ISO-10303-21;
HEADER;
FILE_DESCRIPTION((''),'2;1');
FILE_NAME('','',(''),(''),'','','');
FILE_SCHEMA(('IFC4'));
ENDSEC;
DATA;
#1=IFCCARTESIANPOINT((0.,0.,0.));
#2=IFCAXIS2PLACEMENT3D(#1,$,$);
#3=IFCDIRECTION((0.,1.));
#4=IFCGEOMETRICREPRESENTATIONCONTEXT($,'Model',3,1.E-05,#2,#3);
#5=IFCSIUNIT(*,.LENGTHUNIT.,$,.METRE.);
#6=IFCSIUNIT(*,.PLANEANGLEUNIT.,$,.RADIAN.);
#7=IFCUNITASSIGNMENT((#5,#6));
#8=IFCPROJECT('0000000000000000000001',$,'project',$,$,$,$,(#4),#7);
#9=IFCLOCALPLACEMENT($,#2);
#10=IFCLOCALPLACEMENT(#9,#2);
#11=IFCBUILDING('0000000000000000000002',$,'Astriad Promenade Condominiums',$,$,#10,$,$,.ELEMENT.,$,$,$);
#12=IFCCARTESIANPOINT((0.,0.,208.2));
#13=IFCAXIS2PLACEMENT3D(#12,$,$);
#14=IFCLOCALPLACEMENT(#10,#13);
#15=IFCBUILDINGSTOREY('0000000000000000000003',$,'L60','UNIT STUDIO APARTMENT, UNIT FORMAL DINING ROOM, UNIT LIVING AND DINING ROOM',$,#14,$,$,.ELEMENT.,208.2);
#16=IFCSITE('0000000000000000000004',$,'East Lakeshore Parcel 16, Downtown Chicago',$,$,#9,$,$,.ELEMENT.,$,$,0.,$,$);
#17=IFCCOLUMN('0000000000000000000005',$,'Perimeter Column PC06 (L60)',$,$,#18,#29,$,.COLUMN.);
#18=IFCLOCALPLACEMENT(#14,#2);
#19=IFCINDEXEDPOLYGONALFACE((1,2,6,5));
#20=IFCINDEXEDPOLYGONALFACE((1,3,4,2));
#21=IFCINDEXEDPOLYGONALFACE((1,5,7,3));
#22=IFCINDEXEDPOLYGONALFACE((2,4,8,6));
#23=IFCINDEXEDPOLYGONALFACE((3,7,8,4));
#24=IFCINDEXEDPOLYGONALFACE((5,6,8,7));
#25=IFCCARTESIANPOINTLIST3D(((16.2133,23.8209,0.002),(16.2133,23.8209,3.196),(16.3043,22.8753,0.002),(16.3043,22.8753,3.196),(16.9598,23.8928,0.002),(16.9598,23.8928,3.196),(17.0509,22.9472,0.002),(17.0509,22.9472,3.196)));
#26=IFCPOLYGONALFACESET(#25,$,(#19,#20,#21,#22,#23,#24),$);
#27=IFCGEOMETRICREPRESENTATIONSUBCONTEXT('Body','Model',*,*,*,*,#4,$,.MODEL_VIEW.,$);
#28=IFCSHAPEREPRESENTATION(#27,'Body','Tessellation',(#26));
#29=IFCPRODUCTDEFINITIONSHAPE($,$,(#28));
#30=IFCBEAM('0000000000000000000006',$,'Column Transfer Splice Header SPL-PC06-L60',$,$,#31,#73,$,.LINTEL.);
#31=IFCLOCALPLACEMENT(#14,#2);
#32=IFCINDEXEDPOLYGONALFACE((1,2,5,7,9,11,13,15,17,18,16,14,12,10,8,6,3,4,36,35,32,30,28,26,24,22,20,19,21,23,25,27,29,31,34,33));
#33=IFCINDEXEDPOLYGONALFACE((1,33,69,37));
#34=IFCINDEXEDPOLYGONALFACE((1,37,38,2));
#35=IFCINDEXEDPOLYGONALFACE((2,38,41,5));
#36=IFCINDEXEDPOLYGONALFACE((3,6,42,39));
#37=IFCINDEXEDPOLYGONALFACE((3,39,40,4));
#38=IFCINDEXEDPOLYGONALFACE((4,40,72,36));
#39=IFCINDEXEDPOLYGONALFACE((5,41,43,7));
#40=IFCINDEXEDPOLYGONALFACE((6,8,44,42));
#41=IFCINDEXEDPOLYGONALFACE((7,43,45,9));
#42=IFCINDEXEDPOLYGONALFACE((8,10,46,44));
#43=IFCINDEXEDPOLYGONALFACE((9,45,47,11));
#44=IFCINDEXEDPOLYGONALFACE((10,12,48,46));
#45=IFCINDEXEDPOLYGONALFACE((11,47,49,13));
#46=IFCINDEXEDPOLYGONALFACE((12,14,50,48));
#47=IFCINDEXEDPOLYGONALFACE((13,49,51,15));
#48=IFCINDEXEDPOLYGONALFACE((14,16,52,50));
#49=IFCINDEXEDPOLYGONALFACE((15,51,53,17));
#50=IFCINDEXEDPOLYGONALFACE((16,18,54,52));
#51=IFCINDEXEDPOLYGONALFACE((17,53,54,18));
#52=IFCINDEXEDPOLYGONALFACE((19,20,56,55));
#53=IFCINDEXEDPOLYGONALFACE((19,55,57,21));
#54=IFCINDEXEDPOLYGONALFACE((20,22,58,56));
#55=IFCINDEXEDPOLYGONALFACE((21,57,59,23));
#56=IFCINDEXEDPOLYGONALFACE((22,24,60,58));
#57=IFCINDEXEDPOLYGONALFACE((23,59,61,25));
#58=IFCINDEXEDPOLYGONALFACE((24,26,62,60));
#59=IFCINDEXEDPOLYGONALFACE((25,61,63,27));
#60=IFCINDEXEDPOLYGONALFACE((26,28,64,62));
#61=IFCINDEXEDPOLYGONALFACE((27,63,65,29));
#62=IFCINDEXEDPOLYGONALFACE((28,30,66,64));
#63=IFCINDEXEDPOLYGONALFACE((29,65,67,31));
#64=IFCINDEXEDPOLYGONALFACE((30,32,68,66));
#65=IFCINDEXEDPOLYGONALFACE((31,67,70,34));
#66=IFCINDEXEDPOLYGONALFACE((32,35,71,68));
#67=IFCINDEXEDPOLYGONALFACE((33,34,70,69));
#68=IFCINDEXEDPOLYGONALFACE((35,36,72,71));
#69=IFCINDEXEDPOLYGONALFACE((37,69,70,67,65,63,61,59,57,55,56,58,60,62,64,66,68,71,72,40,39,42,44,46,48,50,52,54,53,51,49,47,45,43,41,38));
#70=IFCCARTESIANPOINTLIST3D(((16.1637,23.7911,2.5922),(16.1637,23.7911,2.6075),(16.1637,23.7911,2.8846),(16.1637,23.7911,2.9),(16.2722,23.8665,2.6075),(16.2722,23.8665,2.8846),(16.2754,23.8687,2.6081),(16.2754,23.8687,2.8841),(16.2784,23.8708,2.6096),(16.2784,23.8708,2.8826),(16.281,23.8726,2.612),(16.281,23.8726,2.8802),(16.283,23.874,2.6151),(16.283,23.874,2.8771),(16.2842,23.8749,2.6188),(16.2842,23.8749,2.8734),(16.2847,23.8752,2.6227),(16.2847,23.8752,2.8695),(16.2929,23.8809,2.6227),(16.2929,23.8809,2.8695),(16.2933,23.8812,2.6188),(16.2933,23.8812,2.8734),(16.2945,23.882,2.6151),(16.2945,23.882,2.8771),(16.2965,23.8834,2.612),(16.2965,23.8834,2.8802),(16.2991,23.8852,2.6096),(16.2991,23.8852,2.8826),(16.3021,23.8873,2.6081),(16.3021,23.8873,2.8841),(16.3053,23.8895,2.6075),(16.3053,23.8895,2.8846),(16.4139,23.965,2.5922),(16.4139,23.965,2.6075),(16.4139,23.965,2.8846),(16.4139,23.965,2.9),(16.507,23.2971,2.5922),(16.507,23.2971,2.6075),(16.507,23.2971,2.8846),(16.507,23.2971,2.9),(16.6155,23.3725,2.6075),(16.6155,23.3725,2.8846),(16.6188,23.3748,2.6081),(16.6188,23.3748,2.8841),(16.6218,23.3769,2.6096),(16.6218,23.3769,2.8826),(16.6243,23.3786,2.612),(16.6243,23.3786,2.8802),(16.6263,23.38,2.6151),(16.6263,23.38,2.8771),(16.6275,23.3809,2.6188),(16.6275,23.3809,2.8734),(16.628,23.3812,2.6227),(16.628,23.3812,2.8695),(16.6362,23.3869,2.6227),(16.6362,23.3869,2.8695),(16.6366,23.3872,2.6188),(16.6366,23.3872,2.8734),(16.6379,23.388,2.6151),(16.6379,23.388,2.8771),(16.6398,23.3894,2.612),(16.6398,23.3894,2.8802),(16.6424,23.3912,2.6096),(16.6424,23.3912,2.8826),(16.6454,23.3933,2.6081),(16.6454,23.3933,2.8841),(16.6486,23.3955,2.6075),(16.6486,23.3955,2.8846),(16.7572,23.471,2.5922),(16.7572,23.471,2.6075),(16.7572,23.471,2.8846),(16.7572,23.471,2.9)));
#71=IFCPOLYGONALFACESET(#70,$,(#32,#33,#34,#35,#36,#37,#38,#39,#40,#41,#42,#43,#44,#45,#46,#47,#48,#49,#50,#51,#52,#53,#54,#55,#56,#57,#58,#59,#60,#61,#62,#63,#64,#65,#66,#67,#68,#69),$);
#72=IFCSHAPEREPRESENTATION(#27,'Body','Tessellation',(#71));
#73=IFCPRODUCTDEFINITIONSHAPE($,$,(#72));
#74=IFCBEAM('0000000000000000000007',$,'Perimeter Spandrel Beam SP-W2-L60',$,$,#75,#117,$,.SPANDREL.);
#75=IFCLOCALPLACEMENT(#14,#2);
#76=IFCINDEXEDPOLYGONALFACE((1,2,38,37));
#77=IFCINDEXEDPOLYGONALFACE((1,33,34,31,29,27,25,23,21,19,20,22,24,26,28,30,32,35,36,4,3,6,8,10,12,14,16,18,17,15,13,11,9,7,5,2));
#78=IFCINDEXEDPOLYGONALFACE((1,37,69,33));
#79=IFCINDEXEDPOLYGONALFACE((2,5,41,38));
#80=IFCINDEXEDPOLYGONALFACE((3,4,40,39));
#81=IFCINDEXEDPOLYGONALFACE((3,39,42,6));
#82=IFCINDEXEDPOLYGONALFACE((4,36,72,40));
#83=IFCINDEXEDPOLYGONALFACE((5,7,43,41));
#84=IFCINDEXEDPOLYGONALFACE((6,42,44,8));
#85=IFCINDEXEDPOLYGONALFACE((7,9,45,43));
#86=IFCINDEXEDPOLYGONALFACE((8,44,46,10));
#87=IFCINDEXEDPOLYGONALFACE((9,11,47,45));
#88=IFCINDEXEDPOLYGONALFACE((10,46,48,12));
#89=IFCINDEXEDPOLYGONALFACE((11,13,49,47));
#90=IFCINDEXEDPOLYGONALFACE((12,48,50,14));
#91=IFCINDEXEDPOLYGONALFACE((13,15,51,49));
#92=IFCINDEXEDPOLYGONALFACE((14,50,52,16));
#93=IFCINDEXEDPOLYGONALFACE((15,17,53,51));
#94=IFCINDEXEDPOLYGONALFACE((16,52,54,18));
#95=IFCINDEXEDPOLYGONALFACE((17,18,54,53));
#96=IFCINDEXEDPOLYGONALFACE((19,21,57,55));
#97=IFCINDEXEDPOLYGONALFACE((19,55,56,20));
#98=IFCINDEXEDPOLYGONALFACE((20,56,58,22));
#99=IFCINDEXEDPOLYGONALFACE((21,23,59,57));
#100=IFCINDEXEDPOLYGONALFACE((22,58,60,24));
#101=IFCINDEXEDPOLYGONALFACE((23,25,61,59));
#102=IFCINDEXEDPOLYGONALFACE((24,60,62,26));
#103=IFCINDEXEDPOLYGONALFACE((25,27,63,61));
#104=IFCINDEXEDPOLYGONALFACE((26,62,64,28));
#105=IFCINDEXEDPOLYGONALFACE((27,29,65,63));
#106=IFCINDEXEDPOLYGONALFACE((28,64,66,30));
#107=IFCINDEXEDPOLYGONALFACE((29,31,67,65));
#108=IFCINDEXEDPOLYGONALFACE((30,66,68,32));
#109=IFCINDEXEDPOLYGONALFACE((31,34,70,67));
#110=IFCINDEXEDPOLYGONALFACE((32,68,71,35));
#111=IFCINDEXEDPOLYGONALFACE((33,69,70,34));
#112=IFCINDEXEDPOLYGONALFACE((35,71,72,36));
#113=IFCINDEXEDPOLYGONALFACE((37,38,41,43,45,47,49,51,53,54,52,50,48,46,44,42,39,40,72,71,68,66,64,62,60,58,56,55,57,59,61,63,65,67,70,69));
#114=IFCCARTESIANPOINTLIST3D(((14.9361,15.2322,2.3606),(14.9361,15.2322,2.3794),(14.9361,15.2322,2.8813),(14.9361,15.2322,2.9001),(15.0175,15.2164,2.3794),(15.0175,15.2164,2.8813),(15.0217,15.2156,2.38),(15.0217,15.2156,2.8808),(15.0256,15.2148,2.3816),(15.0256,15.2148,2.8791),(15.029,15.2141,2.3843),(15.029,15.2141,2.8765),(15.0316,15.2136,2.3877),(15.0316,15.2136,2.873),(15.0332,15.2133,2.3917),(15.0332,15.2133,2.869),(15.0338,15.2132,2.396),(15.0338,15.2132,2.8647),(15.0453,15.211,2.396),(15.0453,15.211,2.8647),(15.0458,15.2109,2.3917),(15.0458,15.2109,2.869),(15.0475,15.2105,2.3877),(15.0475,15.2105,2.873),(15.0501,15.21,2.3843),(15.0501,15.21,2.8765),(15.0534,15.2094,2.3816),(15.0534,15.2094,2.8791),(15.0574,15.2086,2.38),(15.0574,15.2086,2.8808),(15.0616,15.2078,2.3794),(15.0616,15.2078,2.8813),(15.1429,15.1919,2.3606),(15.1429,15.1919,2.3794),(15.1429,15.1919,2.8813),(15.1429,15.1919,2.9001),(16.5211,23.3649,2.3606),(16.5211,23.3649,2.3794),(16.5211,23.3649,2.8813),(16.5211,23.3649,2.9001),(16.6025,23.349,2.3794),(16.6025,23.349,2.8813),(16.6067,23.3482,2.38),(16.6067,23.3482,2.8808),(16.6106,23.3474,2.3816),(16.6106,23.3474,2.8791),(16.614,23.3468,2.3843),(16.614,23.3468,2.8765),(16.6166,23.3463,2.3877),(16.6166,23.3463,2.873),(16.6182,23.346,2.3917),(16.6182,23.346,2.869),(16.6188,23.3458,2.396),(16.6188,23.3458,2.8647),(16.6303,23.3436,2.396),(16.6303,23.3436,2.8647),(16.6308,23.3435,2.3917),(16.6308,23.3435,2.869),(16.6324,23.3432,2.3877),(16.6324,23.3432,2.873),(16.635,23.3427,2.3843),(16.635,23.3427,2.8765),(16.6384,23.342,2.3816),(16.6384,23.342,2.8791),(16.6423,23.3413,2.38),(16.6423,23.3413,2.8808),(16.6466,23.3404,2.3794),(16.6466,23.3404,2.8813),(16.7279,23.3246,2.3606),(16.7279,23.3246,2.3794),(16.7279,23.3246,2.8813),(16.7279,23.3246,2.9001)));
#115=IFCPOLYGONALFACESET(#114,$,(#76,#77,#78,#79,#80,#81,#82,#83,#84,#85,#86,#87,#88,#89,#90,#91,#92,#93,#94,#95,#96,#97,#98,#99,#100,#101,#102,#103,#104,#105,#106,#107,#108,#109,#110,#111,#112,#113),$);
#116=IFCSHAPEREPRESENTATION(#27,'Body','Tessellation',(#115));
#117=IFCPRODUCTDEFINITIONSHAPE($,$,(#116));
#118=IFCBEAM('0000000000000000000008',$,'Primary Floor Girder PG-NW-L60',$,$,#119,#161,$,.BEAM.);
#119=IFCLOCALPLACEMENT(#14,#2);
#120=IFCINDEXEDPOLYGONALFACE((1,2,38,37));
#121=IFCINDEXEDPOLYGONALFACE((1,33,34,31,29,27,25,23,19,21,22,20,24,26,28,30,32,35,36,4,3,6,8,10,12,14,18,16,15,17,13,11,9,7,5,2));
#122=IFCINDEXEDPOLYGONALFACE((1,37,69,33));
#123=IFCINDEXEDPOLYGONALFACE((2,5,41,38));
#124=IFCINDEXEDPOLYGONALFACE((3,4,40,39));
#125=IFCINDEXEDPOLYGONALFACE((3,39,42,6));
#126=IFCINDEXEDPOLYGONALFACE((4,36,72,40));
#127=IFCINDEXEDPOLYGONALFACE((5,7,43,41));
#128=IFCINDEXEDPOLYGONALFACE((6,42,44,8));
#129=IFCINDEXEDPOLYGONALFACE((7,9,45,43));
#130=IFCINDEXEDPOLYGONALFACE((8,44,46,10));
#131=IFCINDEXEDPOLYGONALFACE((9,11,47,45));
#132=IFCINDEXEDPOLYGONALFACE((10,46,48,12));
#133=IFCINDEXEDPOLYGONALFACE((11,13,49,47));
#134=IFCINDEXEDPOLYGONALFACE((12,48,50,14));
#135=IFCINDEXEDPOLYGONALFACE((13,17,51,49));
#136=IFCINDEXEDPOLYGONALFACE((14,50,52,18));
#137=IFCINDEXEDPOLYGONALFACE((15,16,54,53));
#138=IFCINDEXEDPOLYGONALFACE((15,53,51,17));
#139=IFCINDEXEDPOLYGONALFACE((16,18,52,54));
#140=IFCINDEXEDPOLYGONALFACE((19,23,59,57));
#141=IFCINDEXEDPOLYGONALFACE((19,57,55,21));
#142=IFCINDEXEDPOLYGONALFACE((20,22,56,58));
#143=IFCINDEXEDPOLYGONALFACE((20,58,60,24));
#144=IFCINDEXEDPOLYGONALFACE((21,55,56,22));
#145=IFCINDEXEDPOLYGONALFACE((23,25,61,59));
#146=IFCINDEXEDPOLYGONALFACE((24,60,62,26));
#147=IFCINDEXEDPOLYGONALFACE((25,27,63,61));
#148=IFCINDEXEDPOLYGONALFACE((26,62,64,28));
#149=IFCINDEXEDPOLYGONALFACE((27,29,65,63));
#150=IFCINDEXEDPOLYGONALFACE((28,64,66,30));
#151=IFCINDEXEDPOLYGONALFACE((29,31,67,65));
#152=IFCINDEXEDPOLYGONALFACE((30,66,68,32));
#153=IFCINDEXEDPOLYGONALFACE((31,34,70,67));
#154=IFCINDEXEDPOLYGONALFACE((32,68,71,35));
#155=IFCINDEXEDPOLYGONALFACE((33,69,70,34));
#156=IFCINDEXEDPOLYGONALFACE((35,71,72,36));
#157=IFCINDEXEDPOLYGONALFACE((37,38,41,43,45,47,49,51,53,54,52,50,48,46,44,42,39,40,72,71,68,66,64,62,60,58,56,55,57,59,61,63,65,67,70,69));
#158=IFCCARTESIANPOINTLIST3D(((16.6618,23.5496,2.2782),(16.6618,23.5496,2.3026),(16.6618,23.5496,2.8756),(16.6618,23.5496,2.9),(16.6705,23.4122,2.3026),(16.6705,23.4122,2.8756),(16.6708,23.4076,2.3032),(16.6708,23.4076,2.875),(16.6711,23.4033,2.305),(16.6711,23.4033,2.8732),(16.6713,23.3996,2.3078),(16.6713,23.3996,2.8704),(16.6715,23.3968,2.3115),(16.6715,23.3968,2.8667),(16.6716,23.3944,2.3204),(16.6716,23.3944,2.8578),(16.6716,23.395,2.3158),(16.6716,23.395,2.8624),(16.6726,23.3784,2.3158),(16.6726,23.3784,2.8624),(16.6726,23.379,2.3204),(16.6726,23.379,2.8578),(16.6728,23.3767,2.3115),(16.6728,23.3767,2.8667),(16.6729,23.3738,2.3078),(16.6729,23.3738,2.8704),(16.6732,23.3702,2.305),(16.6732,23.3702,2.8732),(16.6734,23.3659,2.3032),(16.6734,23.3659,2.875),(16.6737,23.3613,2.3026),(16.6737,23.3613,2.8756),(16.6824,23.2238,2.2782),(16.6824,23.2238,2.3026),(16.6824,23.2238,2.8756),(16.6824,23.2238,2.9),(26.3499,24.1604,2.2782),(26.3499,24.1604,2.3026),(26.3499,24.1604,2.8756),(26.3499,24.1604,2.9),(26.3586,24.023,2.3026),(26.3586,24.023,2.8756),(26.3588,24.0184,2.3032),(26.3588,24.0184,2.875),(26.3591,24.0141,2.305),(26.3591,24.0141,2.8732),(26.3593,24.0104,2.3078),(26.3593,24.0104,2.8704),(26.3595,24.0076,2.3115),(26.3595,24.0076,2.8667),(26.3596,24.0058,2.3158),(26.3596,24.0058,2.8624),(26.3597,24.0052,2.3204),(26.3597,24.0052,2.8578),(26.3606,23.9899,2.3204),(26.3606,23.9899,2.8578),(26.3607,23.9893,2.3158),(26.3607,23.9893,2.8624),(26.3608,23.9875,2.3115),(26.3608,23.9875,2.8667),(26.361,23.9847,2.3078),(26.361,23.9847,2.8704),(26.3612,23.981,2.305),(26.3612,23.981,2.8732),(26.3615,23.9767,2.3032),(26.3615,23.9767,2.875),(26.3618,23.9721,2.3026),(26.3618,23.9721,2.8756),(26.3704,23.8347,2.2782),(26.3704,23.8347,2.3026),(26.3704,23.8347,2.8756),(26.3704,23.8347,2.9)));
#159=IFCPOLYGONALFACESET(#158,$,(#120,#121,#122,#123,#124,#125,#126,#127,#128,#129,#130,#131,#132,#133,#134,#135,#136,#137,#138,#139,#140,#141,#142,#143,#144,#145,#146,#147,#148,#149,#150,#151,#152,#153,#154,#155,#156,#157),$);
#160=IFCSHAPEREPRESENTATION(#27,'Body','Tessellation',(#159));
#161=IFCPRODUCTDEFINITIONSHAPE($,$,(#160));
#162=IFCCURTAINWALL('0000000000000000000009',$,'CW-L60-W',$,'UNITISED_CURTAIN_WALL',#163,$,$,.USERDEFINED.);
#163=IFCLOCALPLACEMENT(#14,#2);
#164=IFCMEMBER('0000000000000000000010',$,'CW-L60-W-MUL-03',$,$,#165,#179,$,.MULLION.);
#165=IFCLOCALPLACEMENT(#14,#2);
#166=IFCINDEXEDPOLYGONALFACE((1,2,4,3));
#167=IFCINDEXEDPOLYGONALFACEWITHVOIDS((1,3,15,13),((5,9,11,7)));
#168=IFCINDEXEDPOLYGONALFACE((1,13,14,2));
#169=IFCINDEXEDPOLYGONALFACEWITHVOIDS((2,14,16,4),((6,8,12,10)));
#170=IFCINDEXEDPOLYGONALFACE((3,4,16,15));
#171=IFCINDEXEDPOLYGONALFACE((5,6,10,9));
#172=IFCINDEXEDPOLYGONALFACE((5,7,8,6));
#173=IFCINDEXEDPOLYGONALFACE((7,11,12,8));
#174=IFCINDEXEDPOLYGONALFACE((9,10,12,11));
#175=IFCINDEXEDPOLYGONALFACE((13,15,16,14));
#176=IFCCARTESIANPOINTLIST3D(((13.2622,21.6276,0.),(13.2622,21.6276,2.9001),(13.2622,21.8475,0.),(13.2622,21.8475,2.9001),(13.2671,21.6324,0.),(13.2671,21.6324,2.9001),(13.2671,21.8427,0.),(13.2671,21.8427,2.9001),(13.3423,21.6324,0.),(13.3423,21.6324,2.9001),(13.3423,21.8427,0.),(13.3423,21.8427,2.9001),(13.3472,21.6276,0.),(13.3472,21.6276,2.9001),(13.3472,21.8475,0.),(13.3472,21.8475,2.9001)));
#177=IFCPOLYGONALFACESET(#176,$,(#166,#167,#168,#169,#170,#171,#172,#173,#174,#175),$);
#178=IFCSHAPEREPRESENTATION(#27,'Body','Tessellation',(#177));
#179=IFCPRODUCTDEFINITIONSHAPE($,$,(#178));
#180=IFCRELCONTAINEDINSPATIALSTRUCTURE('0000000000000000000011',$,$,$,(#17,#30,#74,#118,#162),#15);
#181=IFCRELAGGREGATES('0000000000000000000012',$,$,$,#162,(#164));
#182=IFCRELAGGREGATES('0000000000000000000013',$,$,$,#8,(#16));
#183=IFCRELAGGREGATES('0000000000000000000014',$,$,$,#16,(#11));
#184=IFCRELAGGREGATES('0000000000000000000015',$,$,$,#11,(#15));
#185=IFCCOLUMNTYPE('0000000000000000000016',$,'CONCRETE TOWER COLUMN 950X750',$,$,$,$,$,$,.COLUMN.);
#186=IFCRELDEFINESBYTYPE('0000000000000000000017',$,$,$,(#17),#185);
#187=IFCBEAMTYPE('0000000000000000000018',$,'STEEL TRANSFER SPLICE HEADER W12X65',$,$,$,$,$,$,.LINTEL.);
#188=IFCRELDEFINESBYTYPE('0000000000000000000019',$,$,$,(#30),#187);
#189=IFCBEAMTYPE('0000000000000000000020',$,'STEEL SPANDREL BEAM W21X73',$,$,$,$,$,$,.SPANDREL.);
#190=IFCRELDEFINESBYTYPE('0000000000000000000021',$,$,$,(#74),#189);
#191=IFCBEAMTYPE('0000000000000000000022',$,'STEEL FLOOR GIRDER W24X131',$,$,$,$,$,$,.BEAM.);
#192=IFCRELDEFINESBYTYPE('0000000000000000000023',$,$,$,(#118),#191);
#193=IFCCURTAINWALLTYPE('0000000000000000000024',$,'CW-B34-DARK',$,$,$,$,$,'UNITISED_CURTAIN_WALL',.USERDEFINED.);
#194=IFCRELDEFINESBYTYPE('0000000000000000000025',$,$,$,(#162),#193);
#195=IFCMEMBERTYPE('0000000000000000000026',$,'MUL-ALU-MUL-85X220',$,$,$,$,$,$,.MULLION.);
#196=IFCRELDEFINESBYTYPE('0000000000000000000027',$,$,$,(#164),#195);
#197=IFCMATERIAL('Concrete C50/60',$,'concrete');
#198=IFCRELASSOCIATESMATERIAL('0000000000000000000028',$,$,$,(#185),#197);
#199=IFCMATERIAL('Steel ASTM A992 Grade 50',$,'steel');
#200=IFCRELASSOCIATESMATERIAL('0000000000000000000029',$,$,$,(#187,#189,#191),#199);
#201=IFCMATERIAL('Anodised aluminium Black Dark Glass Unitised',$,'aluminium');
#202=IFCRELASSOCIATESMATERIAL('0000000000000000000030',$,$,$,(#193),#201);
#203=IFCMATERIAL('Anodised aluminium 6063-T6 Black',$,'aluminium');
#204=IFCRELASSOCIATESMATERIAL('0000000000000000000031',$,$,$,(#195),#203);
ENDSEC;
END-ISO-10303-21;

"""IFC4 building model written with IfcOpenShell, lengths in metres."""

from ifc_helpers import new_model, si_unit, direction, frame, origin, origin_2d, place, context, subcontext, project, spatial, rectangle, hollow_rectangle, i_section, extrude, source, transform, mapped, material, material_profile, profile_set, type_object, type_shapes, element, aggregate, save


model = new_model("IFC4")

# Units and contexts
model_context = context("Model", 3, precision=1e-05, world=origin(), true_north=direction((0.0, 1.0)))
body_context = subcontext(model_context, "Body", "Model", "MODEL_VIEW")
ifc_project = project(units=[si_unit("LENGTHUNIT", "METRE"), si_unit("PLANEANGLEUNIT", "RADIAN")], contexts=[model_context])

# Site, building, storey
site_placement = place(None, origin())
site = spatial("IfcSite", under=ifc_project, at=site_placement, Name="East Lakeshore Parcel 16, Downtown Chicago", CompositionType="ELEMENT", RefElevation=0.0)
building_placement = place(site_placement, origin())
building = spatial("IfcBuilding", under=site, at=building_placement, Name="Astriad Promenade Condominiums", CompositionType="ELEMENT")
storey_placement = place(building_placement, frame((0.0, 0.0, 208.2)))
storey = spatial("IfcBuildingStorey", under=building, at=storey_placement, Name="L60", Description="UNIT STUDIO APARTMENT, UNIT FORMAL DINING ROOM, UNIT LIVING AND DINING ROOM", CompositionType="ELEMENT", Elevation=208.2)

# Column
ifc_material_1 = material(Name="Concrete C50/60", Category="concrete")
ifc_material_profile_1 = material_profile(ifc_material_1, rectangle(XDim=0.75, YDim=0.95, at=origin_2d()), Name="RC-COL-950X750")
ifc_profile_set_1 = profile_set([ifc_material_profile_1], Name="Concrete C50/60")
column_type = type_object("IfcColumnType", Name="CONCRETE TOWER COLUMN 950X750", PredefinedType="COLUMN", material=ifc_profile_set_1)
shared_shape_1 = source(origin(), body_context, "Body", "SweptSolid", [
    extrude(rectangle(XDim=0.75, YDim=0.95, at=origin_2d()), origin(), (0.0, 0.0, 1.0), 3.1941),
])
type_shapes(column_type, [shared_shape_1])
column_placement = place(storey_placement, frame((16.6321, 23.384, 0.002), z_axis=(0.0, 0.0, 1.0), x_axis=(0.995396, 0.095846, 0.0)))
element("IfcColumn", 1, at=column_placement, inside=storey, type_object=column_type, Name="Perimeter Column PC06 (L60)", PredefinedType="COLUMN", context=body_context, shape_type="MappedRepresentation", body=[
    mapped(shared_shape_1, transform((0.0, 0.0, 0.0), scale=1.0)),
])

# Beams
ifc_material_2 = material(Name="Steel ASTM A992 Grade 50", Category="steel")
ifc_material_profile_2 = material_profile(ifc_material_2, i_section(OverallWidth=0.3047, OverallDepth=0.3079, WebThickness=0.01, FlangeThickness=0.0154, FilletRadius=0.0151, at=origin_2d()), Name="W12X65")
ifc_profile_set_2 = profile_set([ifc_material_profile_2], Name="Steel ASTM A992 Grade 50")
beam_type_1 = type_object("IfcBeamType", Name="STEEL TRANSFER SPLICE HEADER W12X65", PredefinedType="LINTEL", material=ifc_profile_set_2)
shared_shape_2 = source(origin(), body_context, "Body", "SweptSolid", [
    extrude(i_section(OverallWidth=0.3047, OverallDepth=0.3079, WebThickness=0.01, FlangeThickness=0.0154, FilletRadius=0.0151, at=origin_2d()), origin(), (0.0, 0.0, 1.0), 0.6016),
])
type_shapes(beam_type_1, [shared_shape_2])
beam_1_placement = place(storey_placement, frame((16.6321, 23.384, 2.7461), z_axis=(-0.570708, 0.821153, 0.0), x_axis=(-0.821153, -0.570708, 0.0)))
element("IfcBeam", 2, at=beam_1_placement, inside=storey, type_object=beam_type_1, Name="Column Transfer Splice Header SPL-PC06-L60", PredefinedType="LINTEL", context=body_context, shape_type="MappedRepresentation", body=[
    mapped(shared_shape_2, transform((0.0, 0.0, 0.0), scale=1.0)),
])
ifc_material_profile_3 = material_profile(ifc_material_2, i_section(OverallWidth=0.2107, OverallDepth=0.5396, WebThickness=0.0117, FlangeThickness=0.0188, FilletRadius=0.0166, at=origin_2d()), Name="W21X73")
ifc_profile_set_3 = profile_set([ifc_material_profile_3], Name="Steel ASTM A992 Grade 50")
beam_type_2 = type_object("IfcBeamType", Name="STEEL SPANDREL BEAM W21X73", PredefinedType="SPANDREL", material=ifc_profile_set_3)
shared_shape_3 = source(origin(), body_context, "Body", "SweptSolid", [
    extrude(i_section(OverallWidth=0.2107, OverallDepth=0.5396, WebThickness=0.0117, FlangeThickness=0.0188, FilletRadius=0.0166, at=origin_2d()), origin(), (0.0, 0.0, 1.0), 8.2856),
])
type_shapes(beam_type_2, [shared_shape_3])
beam_2_placement = place(storey_placement, frame((16.6245, 23.3447, 2.6304), z_axis=(-0.191292, -0.981533, 0.0), x_axis=(0.981533, -0.191292, 0.0)))
element("IfcBeam", 3, at=beam_2_placement, inside=storey, type_object=beam_type_2, Name="Perimeter Spandrel Beam SP-W2-L60", PredefinedType="SPANDREL", context=body_context, shape_type="MappedRepresentation", body=[
    mapped(shared_shape_3, transform((0.0, 0.0, 0.0), scale=1.0)),
])
ifc_material_profile_4 = material_profile(ifc_material_2, i_section(OverallWidth=0.3264, OverallDepth=0.6218, WebThickness=0.0154, FlangeThickness=0.0244, FilletRadius=0.0178, at=origin_2d()), Name="W24X131")
ifc_profile_set_4 = profile_set([ifc_material_profile_4], Name="Steel ASTM A992 Grade 50")
beam_type_3 = type_object("IfcBeamType", Name="STEEL FLOOR GIRDER W24X131", PredefinedType="BEAM", material=ifc_profile_set_4)
shared_shape_4 = source(origin(), body_context, "Body", "SweptSolid", [
    extrude(i_section(OverallWidth=0.3264, OverallDepth=0.6218, WebThickness=0.0154, FlangeThickness=0.0244, FilletRadius=0.0178, at=origin_2d()), origin(), (0.0, 0.0, 1.0), 9.7073),
])
type_shapes(beam_type_3, [shared_shape_4])
beam_3_placement = place(storey_placement, frame((16.6721, 23.3867, 2.5891), z_axis=(0.998018, 0.062926, 0.0), x_axis=(-0.062926, 0.998018, 0.0)))
element("IfcBeam", 4, at=beam_3_placement, inside=storey, type_object=beam_type_3, Name="Primary Floor Girder PG-NW-L60", PredefinedType="BEAM", context=body_context, shape_type="MappedRepresentation", body=[
    mapped(shared_shape_4, transform((0.0, 0.0, 0.0), scale=1.0)),
])

# Curtain wall, member
ifc_material_3 = material(Name="Anodised aluminium Black Dark Glass Unitised", Category="aluminium")
curtain_wall_type = type_object("IfcCurtainWallType", Name="CW-B34-DARK", ElementType="UNITISED_CURTAIN_WALL", PredefinedType="USERDEFINED", material=ifc_material_3)
curtain_wall_placement = place(storey_placement, origin())
curtain_wall = element("IfcCurtainWall", 5, at=curtain_wall_placement, inside=storey, type_object=curtain_wall_type, Name="CW-L60-W", ObjectType="UNITISED_CURTAIN_WALL", PredefinedType="USERDEFINED")
ifc_material_4 = material(Name="Anodised aluminium 6063-T6 Black", Category="aluminium")
ifc_material_profile_5 = material_profile(ifc_material_4, hollow_rectangle(XDim=0.085, YDim=0.22, WallThickness=0.0049, at=origin_2d()), Name="ALU-MUL-85X220")
ifc_profile_set_5 = profile_set([ifc_material_profile_5], Name="Anodised aluminium 6063-T6 Black")
member_type = type_object("IfcMemberType", Name="MUL-ALU-MUL-85X220", PredefinedType="MULLION", material=ifc_profile_set_5)
shared_shape_5 = source(origin(), body_context, "Body", "SweptSolid", [
    extrude(hollow_rectangle(XDim=0.085, YDim=0.22, WallThickness=0.0049, at=origin_2d()), origin(), (0.0, 0.0, 1.0), 2.9001),
])
type_shapes(member_type, [shared_shape_5])
member_placement = place(storey_placement, frame((13.3047, 21.7375, 0.0), z_axis=(0.0, 0.0, 1.0), x_axis=(1.0, 0.0, 0.0)))
member = element("IfcMember", 6, at=member_placement, type_object=member_type, Name="CW-L60-W-MUL-03", PredefinedType="MULLION", context=body_context, shape_type="MappedRepresentation", body=[
    mapped(shared_shape_5, transform((0.0, 0.0, 0.0), scale=1.0)),
])
aggregate(curtain_wall, [member])

save(model, "model.ifc")
